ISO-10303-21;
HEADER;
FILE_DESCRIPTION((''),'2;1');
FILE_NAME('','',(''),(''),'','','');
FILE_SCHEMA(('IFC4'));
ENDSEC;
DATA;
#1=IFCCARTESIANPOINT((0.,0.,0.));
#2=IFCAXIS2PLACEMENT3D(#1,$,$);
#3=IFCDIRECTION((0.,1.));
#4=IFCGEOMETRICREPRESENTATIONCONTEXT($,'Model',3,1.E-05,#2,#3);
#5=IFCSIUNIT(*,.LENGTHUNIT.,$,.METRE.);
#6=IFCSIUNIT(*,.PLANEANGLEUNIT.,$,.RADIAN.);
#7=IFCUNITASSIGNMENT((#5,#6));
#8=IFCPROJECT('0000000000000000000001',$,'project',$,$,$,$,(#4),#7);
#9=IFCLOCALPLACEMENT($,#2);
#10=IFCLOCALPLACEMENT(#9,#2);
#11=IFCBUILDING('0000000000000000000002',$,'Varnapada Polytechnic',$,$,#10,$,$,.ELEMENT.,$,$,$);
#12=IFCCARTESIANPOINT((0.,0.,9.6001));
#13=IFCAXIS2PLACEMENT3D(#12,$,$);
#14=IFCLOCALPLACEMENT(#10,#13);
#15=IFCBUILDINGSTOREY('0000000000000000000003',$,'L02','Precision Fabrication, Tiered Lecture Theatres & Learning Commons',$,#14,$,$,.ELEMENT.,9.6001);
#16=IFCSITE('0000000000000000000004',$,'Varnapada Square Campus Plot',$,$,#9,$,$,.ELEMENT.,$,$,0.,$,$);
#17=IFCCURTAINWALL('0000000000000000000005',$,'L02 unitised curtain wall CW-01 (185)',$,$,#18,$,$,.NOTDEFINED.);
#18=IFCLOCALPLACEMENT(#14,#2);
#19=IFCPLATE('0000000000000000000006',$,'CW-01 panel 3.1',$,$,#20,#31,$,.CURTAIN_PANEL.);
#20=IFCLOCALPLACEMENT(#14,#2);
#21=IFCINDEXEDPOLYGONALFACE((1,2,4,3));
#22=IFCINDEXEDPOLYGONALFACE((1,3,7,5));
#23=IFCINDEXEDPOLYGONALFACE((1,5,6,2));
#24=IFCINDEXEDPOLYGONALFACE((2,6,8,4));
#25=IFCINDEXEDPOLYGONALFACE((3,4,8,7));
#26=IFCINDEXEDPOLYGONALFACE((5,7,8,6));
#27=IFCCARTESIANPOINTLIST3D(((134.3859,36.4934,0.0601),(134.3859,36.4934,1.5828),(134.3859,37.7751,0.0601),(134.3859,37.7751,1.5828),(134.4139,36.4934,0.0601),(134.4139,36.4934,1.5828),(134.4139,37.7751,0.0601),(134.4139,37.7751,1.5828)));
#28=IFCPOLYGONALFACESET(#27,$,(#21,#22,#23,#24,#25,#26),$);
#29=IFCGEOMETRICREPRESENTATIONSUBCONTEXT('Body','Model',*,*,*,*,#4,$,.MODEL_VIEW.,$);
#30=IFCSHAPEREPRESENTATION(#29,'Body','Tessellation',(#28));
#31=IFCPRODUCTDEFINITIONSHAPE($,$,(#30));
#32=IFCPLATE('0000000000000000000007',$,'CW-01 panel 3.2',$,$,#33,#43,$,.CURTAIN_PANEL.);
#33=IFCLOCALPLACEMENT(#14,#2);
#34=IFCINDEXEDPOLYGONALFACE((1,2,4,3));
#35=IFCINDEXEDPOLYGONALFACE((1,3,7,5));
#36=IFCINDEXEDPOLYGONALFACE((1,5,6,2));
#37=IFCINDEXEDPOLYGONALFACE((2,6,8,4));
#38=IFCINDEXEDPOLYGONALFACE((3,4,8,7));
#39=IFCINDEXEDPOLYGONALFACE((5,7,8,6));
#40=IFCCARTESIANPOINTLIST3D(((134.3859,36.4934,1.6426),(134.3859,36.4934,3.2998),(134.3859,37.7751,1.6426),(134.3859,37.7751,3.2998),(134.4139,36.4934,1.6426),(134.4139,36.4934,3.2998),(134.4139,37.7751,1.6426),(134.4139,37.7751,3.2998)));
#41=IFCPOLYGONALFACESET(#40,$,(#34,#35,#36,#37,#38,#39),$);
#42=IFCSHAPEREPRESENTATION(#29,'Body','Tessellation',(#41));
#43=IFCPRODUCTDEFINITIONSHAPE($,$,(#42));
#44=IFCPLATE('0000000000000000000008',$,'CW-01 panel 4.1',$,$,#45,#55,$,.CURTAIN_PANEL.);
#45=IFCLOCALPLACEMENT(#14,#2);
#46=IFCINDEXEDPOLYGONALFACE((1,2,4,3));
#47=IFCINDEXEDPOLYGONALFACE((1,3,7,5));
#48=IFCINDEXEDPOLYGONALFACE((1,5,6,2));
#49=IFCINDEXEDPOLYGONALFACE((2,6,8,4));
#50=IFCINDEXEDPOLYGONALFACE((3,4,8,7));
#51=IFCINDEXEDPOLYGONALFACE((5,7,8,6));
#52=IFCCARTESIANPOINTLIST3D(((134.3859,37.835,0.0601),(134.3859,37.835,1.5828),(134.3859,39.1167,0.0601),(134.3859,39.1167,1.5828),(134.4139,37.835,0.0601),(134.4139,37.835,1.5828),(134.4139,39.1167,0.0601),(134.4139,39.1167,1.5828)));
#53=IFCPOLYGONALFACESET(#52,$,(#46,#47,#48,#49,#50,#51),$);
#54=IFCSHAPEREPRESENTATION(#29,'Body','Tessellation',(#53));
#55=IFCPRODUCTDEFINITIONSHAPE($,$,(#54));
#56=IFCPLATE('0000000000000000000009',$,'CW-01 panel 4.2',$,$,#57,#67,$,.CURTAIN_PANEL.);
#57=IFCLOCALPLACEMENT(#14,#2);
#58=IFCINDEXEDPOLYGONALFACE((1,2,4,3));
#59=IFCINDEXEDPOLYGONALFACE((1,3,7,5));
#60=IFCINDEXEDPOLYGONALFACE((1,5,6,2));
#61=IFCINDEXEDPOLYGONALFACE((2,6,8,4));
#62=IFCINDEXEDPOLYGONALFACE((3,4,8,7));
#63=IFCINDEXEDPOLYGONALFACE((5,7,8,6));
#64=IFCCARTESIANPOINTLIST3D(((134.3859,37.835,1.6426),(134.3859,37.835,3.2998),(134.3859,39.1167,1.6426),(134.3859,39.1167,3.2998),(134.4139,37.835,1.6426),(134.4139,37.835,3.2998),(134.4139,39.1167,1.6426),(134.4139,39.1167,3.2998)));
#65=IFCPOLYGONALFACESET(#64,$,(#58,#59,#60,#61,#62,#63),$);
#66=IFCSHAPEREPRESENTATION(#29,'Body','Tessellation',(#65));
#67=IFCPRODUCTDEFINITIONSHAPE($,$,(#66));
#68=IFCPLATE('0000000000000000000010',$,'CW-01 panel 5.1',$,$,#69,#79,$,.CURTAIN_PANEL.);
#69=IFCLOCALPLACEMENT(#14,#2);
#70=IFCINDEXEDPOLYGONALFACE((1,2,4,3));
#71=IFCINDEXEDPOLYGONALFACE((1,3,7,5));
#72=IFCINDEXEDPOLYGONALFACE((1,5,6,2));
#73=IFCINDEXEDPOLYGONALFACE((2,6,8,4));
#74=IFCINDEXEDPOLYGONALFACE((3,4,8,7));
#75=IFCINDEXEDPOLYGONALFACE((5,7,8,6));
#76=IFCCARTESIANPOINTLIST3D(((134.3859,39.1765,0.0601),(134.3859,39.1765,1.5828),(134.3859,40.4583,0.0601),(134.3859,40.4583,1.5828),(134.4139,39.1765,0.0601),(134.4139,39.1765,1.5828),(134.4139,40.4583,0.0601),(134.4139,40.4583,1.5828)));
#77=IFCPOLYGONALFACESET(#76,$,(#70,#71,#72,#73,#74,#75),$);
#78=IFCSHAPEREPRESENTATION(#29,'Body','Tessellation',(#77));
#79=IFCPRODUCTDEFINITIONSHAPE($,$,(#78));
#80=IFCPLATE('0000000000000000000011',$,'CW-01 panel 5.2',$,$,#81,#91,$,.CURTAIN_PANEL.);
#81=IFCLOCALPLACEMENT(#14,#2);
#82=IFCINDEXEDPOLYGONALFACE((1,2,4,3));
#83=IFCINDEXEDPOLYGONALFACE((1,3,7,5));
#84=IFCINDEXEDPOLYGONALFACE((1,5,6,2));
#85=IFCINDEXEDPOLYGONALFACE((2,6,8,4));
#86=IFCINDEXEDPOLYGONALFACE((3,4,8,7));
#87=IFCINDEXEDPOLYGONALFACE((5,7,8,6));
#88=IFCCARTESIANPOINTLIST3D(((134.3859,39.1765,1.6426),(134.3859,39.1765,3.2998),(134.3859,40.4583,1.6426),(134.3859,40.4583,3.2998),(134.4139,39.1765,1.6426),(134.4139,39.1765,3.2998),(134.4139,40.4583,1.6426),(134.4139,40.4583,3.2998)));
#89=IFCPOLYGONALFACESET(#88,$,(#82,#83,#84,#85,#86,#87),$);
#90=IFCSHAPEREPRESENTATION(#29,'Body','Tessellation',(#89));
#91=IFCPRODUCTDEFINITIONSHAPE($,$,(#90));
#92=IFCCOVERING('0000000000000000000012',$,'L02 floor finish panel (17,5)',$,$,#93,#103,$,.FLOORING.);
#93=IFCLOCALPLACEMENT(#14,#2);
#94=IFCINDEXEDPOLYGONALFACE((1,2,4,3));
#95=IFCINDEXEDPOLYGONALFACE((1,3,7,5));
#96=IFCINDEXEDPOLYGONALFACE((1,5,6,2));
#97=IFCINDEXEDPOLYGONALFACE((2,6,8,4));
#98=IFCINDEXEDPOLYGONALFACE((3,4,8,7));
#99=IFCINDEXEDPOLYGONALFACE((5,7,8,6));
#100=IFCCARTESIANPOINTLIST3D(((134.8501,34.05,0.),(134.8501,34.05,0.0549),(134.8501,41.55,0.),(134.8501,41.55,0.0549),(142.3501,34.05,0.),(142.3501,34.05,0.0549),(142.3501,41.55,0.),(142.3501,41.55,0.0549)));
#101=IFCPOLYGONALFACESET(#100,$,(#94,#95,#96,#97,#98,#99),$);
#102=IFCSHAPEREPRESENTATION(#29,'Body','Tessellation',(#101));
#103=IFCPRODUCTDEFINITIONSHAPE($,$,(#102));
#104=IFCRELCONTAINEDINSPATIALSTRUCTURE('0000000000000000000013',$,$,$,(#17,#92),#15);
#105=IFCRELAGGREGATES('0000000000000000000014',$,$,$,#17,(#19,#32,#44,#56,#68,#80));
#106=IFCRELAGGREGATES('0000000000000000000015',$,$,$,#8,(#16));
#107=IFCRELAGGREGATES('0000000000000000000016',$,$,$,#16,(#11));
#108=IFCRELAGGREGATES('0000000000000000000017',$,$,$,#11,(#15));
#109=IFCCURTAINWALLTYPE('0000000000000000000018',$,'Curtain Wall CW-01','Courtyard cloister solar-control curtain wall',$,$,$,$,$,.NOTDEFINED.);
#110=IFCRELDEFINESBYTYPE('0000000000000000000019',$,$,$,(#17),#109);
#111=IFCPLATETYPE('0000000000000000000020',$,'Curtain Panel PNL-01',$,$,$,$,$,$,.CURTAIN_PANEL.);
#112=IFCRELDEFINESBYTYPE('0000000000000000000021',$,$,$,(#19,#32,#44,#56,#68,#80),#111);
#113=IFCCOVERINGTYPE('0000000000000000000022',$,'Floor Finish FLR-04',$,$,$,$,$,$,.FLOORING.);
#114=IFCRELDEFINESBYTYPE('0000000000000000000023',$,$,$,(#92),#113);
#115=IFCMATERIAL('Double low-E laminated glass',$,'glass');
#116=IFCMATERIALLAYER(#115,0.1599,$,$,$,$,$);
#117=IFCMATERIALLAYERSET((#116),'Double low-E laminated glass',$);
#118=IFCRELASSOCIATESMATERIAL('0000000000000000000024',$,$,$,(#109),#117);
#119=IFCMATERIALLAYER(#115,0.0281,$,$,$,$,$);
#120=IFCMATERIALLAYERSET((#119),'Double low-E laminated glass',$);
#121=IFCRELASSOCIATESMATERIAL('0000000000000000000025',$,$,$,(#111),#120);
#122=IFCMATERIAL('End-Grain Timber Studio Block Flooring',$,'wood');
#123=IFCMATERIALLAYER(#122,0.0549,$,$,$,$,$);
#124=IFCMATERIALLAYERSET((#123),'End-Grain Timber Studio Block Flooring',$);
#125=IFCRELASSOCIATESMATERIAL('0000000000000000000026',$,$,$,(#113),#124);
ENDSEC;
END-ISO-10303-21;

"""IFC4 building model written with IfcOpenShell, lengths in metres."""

from ifc_helpers import new_model, si_unit, direction, frame, origin, origin_2d, place, context, subcontext, project, spatial, rectangle, extrude, material, layer, layer_set, type_object, element, aggregate, save


model = new_model("IFC4")

# Units and contexts
model_context = context("Model", 3, precision=1e-05, world=origin(), true_north=direction((0.0, 1.0)))
body_context = subcontext(model_context, "Body", "Model", "MODEL_VIEW")
ifc_project = project(units=[si_unit("LENGTHUNIT", "METRE"), si_unit("PLANEANGLEUNIT", "RADIAN")], contexts=[model_context])

# Site, building, storey
site_placement = place(None, origin())
site = spatial("IfcSite", under=ifc_project, at=site_placement, Name="Varnapada Square Campus Plot", CompositionType="ELEMENT", RefElevation=0.0)
building_placement = place(site_placement, origin())
building = spatial("IfcBuilding", under=site, at=building_placement, Name="Varnapada Polytechnic", CompositionType="ELEMENT")
storey_placement = place(building_placement, frame((0.0, 0.0, 9.6001)))
storey = spatial("IfcBuildingStorey", under=building, at=storey_placement, Name="L02", Description="Precision Fabrication, Tiered Lecture Theatres & Learning Commons", CompositionType="ELEMENT", Elevation=9.6001)

# Curtain wall, plates
ifc_material_1 = material(Name="Double low-E laminated glass", Category="glass")
ifc_layer_1 = layer(ifc_material_1, 0.1599)
ifc_layer_set_1 = layer_set([ifc_layer_1], Name="Double low-E laminated glass")
curtain_wall_type = type_object("IfcCurtainWallType", Name="Curtain Wall CW-01", Description="Courtyard cloister solar-control curtain wall", PredefinedType="NOTDEFINED", material=ifc_layer_set_1)
curtain_wall_placement = place(storey_placement, origin())
curtain_wall = element("IfcCurtainWall", 1, at=curtain_wall_placement, inside=storey, type_object=curtain_wall_type, Name="L02 unitised curtain wall CW-01 (185)", PredefinedType="NOTDEFINED")
ifc_layer_2 = layer(ifc_material_1, 0.0281)
ifc_layer_set_2 = layer_set([ifc_layer_2], Name="Double low-E laminated glass")
plate_type = type_object("IfcPlateType", Name="Curtain Panel PNL-01", PredefinedType="CURTAIN_PANEL", material=ifc_layer_set_2)
plate_1_placement = place(storey_placement, frame((134.3999, 37.1343, 0.0601), z_axis=(0.0, 0.0, 1.0), x_axis=(0.0, 1.0, 0.0)))
plate_1 = element("IfcPlate", 2, at=plate_1_placement, type_object=plate_type, Name="CW-01 panel 3.1", PredefinedType="CURTAIN_PANEL", context=body_context, shape_type="SweptSolid", body=[
    extrude(rectangle(XDim=1.2817, YDim=0.0281, at=origin_2d()), origin(), (0.0, 0.0, 1.0), 1.5227),
])
plate_2_placement = place(storey_placement, frame((134.3999, 37.1343, 1.6426), z_axis=(0.0, 0.0, 1.0), x_axis=(0.0, 1.0, 0.0)))
plate_2 = element("IfcPlate", 3, at=plate_2_placement, type_object=plate_type, Name="CW-01 panel 3.2", PredefinedType="CURTAIN_PANEL", context=body_context, shape_type="SweptSolid", body=[
    extrude(rectangle(XDim=1.2817, YDim=0.0281, at=origin_2d()), origin(), (0.0, 0.0, 1.0), 1.6572),
])
plate_3_placement = place(storey_placement, frame((134.3999, 38.4758, 0.0601), z_axis=(0.0, 0.0, 1.0), x_axis=(0.0, 1.0, 0.0)))
plate_3 = element("IfcPlate", 4, at=plate_3_placement, type_object=plate_type, Name="CW-01 panel 4.1", PredefinedType="CURTAIN_PANEL", context=body_context, shape_type="SweptSolid", body=[
    extrude(rectangle(XDim=1.2817, YDim=0.0281, at=origin_2d()), origin(), (0.0, 0.0, 1.0), 1.5227),
])
plate_4_placement = place(storey_placement, frame((134.3999, 38.4758, 1.6426), z_axis=(0.0, 0.0, 1.0), x_axis=(0.0, 1.0, 0.0)))
plate_4 = element("IfcPlate", 5, at=plate_4_placement, type_object=plate_type, Name="CW-01 panel 4.2", PredefinedType="CURTAIN_PANEL", context=body_context, shape_type="SweptSolid", body=[
    extrude(rectangle(XDim=1.2817, YDim=0.0281, at=origin_2d()), origin(), (0.0, 0.0, 1.0), 1.6572),
])
plate_5_placement = place(storey_placement, frame((134.3999, 39.8174, 0.0601), z_axis=(0.0, 0.0, 1.0), x_axis=(0.0, 1.0, 0.0)))
plate_5 = element("IfcPlate", 6, at=plate_5_placement, type_object=plate_type, Name="CW-01 panel 5.1", PredefinedType="CURTAIN_PANEL", context=body_context, shape_type="SweptSolid", body=[
    extrude(rectangle(XDim=1.2817, YDim=0.0281, at=origin_2d()), origin(), (0.0, 0.0, 1.0), 1.5227),
])
plate_6_placement = place(storey_placement, frame((134.3999, 39.8174, 1.6426), z_axis=(0.0, 0.0, 1.0), x_axis=(0.0, 1.0, 0.0)))
plate_6 = element("IfcPlate", 7, at=plate_6_placement, type_object=plate_type, Name="CW-01 panel 5.2", PredefinedType="CURTAIN_PANEL", context=body_context, shape_type="SweptSolid", body=[
    extrude(rectangle(XDim=1.2817, YDim=0.0281, at=origin_2d()), origin(), (0.0, 0.0, 1.0), 1.6572),
])
aggregate(curtain_wall, [plate_1, plate_2, plate_3, plate_4, plate_5, plate_6])

# Covering
ifc_material_2 = material(Name="End-Grain Timber Studio Block Flooring", Category="wood")
ifc_layer_3 = layer(ifc_material_2, 0.0549)
ifc_layer_set_3 = layer_set([ifc_layer_3], Name="End-Grain Timber Studio Block Flooring")
covering_type = type_object("IfcCoveringType", Name="Floor Finish FLR-04", PredefinedType="FLOORING", material=ifc_layer_set_3)
covering_placement = place(storey_placement, frame((138.6001, 37.8, 0.0), z_axis=(0.0, 0.0, 1.0), x_axis=(1.0, 0.0, 0.0)))
element("IfcCovering", 8, at=covering_placement, inside=storey, type_object=covering_type, Name="L02 floor finish panel (17,5)", PredefinedType="FLOORING", context=body_context, shape_type="SweptSolid", body=[
    extrude(rectangle(XDim=7.5, YDim=7.5, at=origin_2d()), origin(), (0.0, 0.0, 1.0), 0.0549),
])

save(model, "model.ifc")
